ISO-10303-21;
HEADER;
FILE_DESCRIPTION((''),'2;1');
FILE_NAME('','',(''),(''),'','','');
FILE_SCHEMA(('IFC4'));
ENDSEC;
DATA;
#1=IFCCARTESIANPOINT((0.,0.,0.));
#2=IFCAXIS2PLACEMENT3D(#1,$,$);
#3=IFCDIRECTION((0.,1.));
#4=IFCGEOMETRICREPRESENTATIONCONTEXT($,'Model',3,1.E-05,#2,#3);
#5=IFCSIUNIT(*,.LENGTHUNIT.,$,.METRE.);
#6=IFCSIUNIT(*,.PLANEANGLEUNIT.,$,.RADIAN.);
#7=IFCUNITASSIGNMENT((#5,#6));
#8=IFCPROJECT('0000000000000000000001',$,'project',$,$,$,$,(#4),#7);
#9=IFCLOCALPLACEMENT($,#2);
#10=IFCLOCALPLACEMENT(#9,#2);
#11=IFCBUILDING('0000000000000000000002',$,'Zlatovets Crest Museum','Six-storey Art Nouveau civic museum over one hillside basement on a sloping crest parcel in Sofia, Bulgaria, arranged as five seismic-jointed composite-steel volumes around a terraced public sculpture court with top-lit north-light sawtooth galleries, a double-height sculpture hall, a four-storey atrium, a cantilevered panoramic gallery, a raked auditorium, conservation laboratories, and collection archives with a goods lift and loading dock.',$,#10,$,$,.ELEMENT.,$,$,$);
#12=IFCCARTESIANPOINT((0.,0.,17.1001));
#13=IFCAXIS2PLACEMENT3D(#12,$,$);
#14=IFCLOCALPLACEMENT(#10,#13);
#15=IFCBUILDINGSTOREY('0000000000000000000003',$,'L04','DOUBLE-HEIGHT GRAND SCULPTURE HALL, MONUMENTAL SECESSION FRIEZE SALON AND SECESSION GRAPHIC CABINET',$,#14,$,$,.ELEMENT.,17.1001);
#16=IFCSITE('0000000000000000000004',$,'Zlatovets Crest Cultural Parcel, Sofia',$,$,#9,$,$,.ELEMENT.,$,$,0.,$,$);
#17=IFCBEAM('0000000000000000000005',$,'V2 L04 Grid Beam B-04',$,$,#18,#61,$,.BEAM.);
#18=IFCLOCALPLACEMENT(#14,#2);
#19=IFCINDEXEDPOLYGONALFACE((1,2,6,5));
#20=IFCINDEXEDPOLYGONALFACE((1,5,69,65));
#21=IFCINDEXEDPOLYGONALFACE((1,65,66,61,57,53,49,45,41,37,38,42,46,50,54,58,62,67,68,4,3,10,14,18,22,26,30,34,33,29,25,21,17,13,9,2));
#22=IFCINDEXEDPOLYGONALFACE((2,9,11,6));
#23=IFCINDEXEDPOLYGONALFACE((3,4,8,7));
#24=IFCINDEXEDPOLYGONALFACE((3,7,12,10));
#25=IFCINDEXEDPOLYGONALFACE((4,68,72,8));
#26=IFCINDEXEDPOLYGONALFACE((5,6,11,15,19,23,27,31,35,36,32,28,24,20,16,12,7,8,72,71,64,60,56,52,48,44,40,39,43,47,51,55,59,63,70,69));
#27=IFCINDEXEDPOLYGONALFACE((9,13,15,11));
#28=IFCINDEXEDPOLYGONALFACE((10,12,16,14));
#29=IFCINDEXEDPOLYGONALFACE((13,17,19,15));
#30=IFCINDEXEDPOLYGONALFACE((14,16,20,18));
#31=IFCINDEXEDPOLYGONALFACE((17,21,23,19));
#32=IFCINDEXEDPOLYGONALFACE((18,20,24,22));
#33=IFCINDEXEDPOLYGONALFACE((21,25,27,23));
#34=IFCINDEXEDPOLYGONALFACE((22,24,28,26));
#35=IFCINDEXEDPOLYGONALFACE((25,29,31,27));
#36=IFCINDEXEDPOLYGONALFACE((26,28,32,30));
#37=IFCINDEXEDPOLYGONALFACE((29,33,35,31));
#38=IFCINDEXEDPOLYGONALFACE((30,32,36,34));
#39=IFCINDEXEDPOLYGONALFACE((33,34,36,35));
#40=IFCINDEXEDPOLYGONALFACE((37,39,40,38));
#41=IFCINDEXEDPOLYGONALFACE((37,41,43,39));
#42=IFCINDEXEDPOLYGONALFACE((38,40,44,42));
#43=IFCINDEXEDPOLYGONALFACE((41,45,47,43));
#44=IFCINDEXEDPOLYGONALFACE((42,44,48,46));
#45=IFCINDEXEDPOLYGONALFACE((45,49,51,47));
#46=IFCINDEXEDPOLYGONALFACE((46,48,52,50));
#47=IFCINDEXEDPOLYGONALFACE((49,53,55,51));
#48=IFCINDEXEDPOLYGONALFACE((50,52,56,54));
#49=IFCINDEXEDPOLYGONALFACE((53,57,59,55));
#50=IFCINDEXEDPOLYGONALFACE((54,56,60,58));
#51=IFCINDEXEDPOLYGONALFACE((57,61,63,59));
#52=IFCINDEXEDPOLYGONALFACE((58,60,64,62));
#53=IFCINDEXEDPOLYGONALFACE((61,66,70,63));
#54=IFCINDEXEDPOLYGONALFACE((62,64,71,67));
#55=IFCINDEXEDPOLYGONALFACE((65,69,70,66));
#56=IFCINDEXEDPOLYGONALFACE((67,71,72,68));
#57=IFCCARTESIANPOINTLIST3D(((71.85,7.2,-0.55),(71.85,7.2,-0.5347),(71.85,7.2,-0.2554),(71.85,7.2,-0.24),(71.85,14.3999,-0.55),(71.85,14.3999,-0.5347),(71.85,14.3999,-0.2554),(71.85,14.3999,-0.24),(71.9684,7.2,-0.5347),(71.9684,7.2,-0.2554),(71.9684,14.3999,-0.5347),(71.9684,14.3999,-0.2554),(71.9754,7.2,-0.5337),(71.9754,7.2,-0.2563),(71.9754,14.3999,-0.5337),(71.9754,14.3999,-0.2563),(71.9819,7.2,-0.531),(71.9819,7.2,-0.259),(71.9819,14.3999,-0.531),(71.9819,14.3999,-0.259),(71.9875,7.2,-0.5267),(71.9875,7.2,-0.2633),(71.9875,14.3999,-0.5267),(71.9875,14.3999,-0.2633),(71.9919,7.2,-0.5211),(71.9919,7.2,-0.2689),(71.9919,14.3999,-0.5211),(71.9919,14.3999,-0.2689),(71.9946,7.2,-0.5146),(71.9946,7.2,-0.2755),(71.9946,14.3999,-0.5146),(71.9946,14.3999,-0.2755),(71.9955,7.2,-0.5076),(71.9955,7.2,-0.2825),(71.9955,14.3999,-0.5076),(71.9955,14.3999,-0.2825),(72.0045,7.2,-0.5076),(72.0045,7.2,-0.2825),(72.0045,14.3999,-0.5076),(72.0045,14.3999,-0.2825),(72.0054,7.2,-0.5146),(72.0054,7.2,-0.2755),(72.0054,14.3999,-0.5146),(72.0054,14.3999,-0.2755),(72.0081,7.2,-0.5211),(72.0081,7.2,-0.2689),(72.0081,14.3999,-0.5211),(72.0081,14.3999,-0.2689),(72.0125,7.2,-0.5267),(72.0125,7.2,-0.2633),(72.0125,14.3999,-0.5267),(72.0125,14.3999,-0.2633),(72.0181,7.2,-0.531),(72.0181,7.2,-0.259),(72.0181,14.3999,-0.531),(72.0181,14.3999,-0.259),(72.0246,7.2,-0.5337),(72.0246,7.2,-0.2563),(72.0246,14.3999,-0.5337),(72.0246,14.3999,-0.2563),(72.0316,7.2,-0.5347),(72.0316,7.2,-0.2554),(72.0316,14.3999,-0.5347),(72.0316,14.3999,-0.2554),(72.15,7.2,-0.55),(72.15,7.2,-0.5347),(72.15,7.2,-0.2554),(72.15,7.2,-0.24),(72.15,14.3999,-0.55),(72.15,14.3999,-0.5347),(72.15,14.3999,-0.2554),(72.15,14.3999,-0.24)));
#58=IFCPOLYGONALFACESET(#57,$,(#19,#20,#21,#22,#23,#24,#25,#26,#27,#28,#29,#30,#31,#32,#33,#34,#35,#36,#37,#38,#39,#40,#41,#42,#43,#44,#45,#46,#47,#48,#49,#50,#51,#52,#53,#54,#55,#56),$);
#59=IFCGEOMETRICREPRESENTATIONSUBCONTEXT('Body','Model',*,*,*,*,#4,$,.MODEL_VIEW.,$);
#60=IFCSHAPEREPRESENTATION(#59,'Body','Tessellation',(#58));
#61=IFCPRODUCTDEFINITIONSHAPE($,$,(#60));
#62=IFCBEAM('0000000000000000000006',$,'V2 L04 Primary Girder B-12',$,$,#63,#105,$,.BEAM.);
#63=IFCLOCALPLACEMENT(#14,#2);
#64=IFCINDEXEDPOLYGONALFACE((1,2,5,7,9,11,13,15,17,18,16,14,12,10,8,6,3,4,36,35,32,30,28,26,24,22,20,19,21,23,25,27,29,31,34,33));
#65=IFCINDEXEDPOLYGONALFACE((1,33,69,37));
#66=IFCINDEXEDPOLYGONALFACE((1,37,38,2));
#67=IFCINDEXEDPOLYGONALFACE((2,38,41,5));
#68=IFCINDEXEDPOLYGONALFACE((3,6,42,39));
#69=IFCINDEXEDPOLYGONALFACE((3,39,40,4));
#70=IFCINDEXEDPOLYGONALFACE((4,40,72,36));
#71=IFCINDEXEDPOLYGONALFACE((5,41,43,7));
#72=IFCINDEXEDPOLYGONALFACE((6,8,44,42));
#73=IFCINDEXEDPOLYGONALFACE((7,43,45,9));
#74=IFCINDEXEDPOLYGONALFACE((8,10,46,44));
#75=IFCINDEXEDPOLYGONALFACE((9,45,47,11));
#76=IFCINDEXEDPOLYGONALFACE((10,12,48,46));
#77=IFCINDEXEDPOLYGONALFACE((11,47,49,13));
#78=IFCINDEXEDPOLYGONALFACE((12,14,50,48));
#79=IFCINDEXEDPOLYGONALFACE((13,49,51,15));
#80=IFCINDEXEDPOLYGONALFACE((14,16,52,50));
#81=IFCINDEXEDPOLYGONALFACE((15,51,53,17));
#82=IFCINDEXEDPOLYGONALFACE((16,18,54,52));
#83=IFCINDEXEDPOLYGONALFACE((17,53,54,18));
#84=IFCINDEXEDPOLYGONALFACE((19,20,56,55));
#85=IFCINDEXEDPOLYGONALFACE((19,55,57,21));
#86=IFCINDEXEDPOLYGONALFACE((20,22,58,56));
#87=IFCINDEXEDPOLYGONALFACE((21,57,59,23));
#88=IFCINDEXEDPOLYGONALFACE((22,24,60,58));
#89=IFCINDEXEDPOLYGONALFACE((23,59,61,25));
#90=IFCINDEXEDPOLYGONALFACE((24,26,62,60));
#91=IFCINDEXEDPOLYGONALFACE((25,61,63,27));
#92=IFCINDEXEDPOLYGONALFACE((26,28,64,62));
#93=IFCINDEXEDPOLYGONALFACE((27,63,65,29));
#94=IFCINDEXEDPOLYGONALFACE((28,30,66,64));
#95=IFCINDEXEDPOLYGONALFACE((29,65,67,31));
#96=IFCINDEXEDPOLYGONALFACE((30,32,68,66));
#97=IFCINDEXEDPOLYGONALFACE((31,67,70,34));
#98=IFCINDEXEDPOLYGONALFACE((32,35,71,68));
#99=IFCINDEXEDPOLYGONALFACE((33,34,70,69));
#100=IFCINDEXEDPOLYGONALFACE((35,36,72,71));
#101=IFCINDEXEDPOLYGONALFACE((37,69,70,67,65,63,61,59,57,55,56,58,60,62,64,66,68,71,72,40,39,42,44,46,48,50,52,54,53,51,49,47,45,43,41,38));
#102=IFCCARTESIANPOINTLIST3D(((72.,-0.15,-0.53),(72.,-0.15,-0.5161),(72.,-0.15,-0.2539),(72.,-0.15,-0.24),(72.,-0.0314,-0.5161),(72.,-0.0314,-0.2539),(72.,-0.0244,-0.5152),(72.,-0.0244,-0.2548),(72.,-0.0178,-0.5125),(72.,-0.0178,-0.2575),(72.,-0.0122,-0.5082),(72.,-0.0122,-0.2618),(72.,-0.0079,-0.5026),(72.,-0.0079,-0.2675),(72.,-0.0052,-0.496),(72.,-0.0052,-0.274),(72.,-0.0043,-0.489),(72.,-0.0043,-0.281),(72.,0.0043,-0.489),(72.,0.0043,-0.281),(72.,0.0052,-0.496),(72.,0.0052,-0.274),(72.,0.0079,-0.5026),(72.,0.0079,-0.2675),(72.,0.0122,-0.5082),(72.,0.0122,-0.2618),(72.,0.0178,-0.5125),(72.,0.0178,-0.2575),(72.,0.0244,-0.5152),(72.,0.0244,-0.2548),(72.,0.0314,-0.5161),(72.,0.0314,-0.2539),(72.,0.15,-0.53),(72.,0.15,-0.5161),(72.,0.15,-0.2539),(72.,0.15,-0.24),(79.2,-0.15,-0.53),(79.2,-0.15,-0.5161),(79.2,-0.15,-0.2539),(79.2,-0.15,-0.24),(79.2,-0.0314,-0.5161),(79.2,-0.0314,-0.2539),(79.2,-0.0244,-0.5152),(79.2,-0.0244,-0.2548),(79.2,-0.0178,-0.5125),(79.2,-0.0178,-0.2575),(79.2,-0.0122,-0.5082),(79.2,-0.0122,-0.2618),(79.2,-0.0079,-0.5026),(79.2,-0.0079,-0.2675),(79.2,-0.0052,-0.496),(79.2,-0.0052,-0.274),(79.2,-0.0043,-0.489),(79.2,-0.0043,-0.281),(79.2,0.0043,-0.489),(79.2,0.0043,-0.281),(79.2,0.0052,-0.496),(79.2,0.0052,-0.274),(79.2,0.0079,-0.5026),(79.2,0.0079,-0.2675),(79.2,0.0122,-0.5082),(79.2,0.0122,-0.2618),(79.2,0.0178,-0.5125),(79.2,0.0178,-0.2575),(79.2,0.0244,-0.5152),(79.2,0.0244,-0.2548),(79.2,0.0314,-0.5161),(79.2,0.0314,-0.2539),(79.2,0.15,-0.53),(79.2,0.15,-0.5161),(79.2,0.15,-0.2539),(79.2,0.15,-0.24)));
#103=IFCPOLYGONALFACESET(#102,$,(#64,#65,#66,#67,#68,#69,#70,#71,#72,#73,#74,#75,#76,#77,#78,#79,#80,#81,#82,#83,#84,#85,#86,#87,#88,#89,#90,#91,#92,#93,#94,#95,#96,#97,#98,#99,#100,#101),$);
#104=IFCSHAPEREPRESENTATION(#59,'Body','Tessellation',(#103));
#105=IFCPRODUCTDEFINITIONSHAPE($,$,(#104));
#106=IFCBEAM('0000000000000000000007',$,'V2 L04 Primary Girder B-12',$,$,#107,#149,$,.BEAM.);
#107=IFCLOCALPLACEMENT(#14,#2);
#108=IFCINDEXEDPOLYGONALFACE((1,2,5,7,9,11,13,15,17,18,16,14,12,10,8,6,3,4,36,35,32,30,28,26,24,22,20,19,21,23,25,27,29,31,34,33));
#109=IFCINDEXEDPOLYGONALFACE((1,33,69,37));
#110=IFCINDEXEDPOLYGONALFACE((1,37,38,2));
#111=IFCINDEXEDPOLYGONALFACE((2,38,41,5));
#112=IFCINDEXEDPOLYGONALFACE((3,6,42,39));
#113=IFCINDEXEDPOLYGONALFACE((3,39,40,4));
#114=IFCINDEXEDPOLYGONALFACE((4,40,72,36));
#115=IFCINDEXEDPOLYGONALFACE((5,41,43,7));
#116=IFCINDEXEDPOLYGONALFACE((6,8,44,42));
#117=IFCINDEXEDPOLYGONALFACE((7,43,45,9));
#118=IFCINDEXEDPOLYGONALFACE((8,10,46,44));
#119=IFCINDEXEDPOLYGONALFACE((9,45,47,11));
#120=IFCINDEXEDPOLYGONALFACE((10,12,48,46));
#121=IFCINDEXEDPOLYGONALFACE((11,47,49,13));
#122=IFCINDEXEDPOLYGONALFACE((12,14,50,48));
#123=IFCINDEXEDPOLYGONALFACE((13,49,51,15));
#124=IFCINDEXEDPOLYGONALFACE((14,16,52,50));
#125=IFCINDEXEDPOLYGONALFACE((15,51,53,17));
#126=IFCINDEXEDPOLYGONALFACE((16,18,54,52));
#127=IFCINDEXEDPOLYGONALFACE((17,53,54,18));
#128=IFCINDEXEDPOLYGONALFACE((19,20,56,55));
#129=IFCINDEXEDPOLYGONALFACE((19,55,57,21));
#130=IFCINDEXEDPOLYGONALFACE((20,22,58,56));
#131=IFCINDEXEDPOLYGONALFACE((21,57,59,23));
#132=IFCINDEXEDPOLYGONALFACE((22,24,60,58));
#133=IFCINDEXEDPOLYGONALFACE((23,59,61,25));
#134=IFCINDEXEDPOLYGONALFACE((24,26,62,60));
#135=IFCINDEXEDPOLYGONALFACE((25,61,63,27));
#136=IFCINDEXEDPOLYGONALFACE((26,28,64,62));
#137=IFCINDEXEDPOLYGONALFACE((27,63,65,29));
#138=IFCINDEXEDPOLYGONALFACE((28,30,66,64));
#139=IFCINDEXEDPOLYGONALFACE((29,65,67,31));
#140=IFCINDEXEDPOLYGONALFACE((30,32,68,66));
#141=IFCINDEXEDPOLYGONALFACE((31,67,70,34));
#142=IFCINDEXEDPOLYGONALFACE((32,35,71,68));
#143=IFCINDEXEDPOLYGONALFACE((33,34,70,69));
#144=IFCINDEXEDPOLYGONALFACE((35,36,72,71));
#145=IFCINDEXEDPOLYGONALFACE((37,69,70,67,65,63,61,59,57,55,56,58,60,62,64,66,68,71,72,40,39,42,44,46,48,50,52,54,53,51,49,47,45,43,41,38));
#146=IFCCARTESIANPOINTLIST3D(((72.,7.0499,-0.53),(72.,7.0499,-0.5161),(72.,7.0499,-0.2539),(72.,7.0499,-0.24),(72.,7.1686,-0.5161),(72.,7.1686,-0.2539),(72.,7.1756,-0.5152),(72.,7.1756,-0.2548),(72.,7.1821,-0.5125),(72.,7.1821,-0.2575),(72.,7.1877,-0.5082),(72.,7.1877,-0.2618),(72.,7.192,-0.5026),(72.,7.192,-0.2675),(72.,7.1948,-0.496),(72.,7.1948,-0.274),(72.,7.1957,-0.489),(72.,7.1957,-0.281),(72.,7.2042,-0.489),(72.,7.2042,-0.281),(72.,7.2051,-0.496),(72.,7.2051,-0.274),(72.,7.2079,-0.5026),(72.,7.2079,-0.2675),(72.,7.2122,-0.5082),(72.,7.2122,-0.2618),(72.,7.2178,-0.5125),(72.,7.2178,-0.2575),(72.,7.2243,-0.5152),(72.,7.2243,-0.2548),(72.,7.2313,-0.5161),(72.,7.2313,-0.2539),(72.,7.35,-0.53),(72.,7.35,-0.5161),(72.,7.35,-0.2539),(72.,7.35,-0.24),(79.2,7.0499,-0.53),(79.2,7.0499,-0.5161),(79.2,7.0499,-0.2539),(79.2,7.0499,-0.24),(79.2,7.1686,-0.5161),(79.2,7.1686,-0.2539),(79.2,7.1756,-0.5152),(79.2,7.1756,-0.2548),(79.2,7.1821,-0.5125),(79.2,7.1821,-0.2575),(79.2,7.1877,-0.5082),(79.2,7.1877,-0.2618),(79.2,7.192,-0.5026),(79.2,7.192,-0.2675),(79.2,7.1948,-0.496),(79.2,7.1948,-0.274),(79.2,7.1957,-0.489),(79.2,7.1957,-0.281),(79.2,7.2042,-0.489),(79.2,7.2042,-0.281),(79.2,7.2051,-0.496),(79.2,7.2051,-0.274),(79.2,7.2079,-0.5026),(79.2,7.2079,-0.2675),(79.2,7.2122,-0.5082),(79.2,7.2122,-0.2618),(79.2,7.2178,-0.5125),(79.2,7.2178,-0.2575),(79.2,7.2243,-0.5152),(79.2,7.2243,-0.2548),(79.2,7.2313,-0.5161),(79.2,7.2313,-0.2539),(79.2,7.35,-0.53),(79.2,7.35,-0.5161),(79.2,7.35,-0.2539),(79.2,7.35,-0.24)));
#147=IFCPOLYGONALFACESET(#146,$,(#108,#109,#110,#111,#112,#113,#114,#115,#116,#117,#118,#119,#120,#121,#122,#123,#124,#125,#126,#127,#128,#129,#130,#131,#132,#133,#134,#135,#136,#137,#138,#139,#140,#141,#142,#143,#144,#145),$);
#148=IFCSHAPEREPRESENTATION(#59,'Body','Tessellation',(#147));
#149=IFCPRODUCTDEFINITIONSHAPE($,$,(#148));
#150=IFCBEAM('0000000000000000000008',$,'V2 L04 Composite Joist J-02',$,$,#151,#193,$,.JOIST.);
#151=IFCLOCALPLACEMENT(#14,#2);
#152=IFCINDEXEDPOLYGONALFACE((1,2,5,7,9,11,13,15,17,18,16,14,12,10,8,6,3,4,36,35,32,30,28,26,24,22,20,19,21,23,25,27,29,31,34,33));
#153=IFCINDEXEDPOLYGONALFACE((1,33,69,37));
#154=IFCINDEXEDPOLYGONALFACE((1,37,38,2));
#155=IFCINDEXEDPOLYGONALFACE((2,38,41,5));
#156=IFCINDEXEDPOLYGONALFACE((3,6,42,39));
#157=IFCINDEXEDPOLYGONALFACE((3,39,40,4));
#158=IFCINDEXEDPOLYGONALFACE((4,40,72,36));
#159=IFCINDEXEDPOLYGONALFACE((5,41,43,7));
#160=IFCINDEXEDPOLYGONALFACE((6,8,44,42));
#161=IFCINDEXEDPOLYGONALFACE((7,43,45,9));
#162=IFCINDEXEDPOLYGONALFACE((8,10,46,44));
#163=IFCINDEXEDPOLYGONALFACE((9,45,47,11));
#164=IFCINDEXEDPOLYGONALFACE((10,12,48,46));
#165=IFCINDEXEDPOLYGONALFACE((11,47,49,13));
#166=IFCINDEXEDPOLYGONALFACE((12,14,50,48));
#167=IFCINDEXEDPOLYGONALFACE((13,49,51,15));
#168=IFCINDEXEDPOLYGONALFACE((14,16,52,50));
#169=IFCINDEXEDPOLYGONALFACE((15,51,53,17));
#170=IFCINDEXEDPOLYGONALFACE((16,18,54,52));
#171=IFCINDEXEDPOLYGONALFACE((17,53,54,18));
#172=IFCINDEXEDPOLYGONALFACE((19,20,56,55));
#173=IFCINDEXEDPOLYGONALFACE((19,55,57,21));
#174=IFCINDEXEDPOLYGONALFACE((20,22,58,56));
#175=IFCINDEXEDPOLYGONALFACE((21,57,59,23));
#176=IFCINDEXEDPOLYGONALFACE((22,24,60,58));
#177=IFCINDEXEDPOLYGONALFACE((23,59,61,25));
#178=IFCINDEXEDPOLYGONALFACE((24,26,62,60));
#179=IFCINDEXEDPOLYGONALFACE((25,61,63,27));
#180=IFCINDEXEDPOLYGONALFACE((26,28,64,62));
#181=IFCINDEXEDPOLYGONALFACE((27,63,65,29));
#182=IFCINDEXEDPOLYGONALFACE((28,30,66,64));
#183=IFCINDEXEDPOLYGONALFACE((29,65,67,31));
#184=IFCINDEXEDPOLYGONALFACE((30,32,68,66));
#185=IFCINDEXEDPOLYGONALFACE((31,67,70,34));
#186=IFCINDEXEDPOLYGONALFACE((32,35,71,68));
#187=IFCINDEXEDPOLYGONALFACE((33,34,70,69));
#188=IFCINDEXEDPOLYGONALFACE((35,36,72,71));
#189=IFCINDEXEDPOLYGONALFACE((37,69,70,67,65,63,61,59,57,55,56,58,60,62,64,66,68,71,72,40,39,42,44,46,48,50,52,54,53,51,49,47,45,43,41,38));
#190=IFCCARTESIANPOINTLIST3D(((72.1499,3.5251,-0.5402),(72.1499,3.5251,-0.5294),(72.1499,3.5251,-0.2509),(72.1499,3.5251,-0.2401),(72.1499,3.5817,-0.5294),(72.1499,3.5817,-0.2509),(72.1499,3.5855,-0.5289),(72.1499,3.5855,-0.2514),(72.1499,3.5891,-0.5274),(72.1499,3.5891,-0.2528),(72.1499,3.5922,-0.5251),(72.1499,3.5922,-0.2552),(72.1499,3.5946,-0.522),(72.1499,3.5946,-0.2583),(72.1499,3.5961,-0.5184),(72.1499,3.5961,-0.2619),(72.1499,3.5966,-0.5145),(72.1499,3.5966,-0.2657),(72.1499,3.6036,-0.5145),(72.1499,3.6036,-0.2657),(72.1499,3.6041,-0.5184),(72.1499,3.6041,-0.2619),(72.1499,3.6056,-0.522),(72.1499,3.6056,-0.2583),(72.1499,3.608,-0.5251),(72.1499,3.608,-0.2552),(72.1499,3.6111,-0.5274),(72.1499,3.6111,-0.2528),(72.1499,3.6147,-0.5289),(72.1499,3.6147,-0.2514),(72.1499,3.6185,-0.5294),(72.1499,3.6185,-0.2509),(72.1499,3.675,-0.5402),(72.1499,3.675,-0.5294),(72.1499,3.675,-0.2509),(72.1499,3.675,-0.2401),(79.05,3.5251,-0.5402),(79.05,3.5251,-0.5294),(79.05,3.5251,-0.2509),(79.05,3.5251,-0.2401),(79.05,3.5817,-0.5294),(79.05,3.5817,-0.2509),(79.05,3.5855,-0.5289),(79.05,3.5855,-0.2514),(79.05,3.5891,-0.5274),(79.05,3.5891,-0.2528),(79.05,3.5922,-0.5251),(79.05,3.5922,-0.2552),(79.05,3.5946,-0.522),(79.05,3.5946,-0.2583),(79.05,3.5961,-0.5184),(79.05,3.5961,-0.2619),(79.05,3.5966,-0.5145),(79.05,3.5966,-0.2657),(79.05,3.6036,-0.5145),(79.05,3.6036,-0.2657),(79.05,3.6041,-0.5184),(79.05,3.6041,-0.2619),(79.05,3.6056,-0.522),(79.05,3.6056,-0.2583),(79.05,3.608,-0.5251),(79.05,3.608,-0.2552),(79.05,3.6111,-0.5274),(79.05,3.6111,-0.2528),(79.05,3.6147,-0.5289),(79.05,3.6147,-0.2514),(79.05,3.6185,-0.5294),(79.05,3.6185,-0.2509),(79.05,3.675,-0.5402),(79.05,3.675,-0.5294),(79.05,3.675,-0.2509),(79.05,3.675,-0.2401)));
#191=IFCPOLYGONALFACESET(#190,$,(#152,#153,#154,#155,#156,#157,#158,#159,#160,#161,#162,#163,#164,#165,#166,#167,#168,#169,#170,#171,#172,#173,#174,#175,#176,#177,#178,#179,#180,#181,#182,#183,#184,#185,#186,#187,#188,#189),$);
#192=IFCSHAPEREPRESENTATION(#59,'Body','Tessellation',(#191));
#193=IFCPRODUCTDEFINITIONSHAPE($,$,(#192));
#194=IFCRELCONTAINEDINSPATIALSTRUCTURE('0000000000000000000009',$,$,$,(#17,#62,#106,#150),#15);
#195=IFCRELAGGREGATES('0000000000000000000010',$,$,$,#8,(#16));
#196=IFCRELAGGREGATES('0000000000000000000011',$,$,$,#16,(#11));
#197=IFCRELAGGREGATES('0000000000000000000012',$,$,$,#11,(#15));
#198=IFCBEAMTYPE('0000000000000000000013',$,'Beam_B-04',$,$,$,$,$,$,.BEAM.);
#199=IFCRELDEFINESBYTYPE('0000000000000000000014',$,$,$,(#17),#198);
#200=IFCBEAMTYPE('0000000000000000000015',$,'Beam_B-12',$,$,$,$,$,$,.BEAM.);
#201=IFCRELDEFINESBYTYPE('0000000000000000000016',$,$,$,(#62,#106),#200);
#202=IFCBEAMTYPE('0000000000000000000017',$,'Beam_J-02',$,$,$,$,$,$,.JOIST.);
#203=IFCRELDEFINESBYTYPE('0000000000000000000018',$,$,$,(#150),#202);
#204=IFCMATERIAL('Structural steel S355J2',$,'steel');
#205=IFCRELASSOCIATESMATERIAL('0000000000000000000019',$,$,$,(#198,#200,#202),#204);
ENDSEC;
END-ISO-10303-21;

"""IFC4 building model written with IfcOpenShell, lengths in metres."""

from ifc_helpers import new_model, si_unit, direction, frame, origin, origin_2d, place, context, subcontext, project, spatial, i_section, extrude, material, material_profile, profile_set, type_object, element, save


model = new_model("IFC4")

# Units and contexts
model_context = context("Model", 3, precision=1e-05, world=origin(), true_north=direction((0.0, 1.0)))
body_context = subcontext(model_context, "Body", "Model", "MODEL_VIEW")
ifc_project = project(units=[si_unit("LENGTHUNIT", "METRE"), si_unit("PLANEANGLEUNIT", "RADIAN")], contexts=[model_context])

# Site, building, storey
site_placement = place(None, origin())
site = spatial("IfcSite", under=ifc_project, at=site_placement, Name="Zlatovets Crest Cultural Parcel, Sofia", CompositionType="ELEMENT", RefElevation=0.0)
building_placement = place(site_placement, origin())
building = spatial("IfcBuilding", under=site, at=building_placement, Name="Zlatovets Crest Museum", Description="Six-storey Art Nouveau civic museum over one hillside basement on a sloping crest parcel in Sofia, Bulgaria, arranged as five seismic-jointed composite-steel volumes around a terraced public sculpture court with top-lit north-light sawtooth galleries, a double-height sculpture hall, a four-storey atrium, a cantilevered panoramic gallery, a raked auditorium, conservation laboratories, and collection archives with a goods lift and loading dock.", CompositionType="ELEMENT")
storey_placement = place(building_placement, frame((0.0, 0.0, 17.1001)))
storey = spatial("IfcBuildingStorey", under=building, at=storey_placement, Name="L04", Description="DOUBLE-HEIGHT GRAND SCULPTURE HALL, MONUMENTAL SECESSION FRIEZE SALON AND SECESSION GRAPHIC CABINET", CompositionType="ELEMENT", Elevation=17.1001)

# Shared definitions
ifc_material_1 = material(Name="Structural steel S355J2", Category="steel")

# Beams
ifc_material_profile_1 = material_profile(ifc_material_1, i_section(OverallWidth=0.3, OverallDepth=0.3101, WebThickness=0.009, FlangeThickness=0.0154, FilletRadius=0.0271, at=origin_2d()), Name="HEA 320")
ifc_profile_set_1 = profile_set([ifc_material_profile_1], Name="Structural steel S355J2")
beam_type_1 = type_object("IfcBeamType", Name="Beam_B-04", PredefinedType="BEAM", material=ifc_profile_set_1)
for number, where, z_axis, x_axis, name in (
    (1, (72.0, 7.2, -0.395), (0.0, 1.0, 0.0), (-1.0, 0.0, 0.0), "V2 L04 Grid Beam B-04"),
):
    element("IfcBeam", number, at=place(storey_placement, frame(where, z_axis=z_axis, x_axis=x_axis)), inside=storey, type_object=beam_type_1, Name=name, PredefinedType="BEAM", context=body_context, shape_type="SweptSolid", body=[
        extrude(i_section(OverallWidth=0.3, OverallDepth=0.3101, WebThickness=0.009, FlangeThickness=0.0154, FilletRadius=0.0271, at=origin_2d()), origin(), (0.0, 0.0, 1.0), 7.2),
    ])
ifc_material_profile_2 = material_profile(ifc_material_1, i_section(OverallWidth=0.3, OverallDepth=0.29, WebThickness=0.0085, FlangeThickness=0.0139, FilletRadius=0.0271, at=origin_2d()), Name="HEA 300")
ifc_profile_set_2 = profile_set([ifc_material_profile_2], Name="Structural steel S355J2")
beam_type_2 = type_object("IfcBeamType", Name="Beam_B-12", PredefinedType="BEAM", material=ifc_profile_set_2)
for number, where, z_axis, x_axis, name in (
    (2, (72.0, 0.0, -0.385), (1.0, 0.0, 0.0), (0.0, 1.0, 0.0), "V2 L04 Primary Girder B-12"),
    (3, (72.0, 7.2, -0.385), (1.0, 0.0, 0.0), (0.0, 1.0, 0.0), "V2 L04 Primary Girder B-12"),
):
    element("IfcBeam", number, at=place(storey_placement, frame(where, z_axis=z_axis, x_axis=x_axis)), inside=storey, type_object=beam_type_2, Name=name, PredefinedType="BEAM", context=body_context, shape_type="SweptSolid", body=[
        extrude(i_section(OverallWidth=0.3, OverallDepth=0.29, WebThickness=0.0085, FlangeThickness=0.0139, FilletRadius=0.0271, at=origin_2d()), origin(), (0.0, 0.0, 1.0), 7.2),
    ])
ifc_material_profile_3 = material_profile(ifc_material_1, i_section(OverallWidth=0.1499, OverallDepth=0.3, WebThickness=0.0071, FlangeThickness=0.0107, FilletRadius=0.0149, at=origin_2d()), Name="IPE 300")
ifc_profile_set_3 = profile_set([ifc_material_profile_3], Name="Structural steel S355J2")
beam_type_3 = type_object("IfcBeamType", Name="Beam_J-02", PredefinedType="JOIST", material=ifc_profile_set_3)
beam_placement = place(storey_placement, frame((72.1499, 3.6001, -0.3901), z_axis=(1.0, 0.0, 0.0), x_axis=(0.0, 1.0, 0.0)))
element("IfcBeam", 4, at=beam_placement, inside=storey, type_object=beam_type_3, Name="V2 L04 Composite Joist J-02", PredefinedType="JOIST", context=body_context, shape_type="SweptSolid", body=[
    extrude(i_section(OverallWidth=0.1499, OverallDepth=0.3, WebThickness=0.0071, FlangeThickness=0.0107, FilletRadius=0.0149, at=origin_2d()), origin(), (0.0, 0.0, 1.0), 6.9001),
])

save(model, "model.ifc")
